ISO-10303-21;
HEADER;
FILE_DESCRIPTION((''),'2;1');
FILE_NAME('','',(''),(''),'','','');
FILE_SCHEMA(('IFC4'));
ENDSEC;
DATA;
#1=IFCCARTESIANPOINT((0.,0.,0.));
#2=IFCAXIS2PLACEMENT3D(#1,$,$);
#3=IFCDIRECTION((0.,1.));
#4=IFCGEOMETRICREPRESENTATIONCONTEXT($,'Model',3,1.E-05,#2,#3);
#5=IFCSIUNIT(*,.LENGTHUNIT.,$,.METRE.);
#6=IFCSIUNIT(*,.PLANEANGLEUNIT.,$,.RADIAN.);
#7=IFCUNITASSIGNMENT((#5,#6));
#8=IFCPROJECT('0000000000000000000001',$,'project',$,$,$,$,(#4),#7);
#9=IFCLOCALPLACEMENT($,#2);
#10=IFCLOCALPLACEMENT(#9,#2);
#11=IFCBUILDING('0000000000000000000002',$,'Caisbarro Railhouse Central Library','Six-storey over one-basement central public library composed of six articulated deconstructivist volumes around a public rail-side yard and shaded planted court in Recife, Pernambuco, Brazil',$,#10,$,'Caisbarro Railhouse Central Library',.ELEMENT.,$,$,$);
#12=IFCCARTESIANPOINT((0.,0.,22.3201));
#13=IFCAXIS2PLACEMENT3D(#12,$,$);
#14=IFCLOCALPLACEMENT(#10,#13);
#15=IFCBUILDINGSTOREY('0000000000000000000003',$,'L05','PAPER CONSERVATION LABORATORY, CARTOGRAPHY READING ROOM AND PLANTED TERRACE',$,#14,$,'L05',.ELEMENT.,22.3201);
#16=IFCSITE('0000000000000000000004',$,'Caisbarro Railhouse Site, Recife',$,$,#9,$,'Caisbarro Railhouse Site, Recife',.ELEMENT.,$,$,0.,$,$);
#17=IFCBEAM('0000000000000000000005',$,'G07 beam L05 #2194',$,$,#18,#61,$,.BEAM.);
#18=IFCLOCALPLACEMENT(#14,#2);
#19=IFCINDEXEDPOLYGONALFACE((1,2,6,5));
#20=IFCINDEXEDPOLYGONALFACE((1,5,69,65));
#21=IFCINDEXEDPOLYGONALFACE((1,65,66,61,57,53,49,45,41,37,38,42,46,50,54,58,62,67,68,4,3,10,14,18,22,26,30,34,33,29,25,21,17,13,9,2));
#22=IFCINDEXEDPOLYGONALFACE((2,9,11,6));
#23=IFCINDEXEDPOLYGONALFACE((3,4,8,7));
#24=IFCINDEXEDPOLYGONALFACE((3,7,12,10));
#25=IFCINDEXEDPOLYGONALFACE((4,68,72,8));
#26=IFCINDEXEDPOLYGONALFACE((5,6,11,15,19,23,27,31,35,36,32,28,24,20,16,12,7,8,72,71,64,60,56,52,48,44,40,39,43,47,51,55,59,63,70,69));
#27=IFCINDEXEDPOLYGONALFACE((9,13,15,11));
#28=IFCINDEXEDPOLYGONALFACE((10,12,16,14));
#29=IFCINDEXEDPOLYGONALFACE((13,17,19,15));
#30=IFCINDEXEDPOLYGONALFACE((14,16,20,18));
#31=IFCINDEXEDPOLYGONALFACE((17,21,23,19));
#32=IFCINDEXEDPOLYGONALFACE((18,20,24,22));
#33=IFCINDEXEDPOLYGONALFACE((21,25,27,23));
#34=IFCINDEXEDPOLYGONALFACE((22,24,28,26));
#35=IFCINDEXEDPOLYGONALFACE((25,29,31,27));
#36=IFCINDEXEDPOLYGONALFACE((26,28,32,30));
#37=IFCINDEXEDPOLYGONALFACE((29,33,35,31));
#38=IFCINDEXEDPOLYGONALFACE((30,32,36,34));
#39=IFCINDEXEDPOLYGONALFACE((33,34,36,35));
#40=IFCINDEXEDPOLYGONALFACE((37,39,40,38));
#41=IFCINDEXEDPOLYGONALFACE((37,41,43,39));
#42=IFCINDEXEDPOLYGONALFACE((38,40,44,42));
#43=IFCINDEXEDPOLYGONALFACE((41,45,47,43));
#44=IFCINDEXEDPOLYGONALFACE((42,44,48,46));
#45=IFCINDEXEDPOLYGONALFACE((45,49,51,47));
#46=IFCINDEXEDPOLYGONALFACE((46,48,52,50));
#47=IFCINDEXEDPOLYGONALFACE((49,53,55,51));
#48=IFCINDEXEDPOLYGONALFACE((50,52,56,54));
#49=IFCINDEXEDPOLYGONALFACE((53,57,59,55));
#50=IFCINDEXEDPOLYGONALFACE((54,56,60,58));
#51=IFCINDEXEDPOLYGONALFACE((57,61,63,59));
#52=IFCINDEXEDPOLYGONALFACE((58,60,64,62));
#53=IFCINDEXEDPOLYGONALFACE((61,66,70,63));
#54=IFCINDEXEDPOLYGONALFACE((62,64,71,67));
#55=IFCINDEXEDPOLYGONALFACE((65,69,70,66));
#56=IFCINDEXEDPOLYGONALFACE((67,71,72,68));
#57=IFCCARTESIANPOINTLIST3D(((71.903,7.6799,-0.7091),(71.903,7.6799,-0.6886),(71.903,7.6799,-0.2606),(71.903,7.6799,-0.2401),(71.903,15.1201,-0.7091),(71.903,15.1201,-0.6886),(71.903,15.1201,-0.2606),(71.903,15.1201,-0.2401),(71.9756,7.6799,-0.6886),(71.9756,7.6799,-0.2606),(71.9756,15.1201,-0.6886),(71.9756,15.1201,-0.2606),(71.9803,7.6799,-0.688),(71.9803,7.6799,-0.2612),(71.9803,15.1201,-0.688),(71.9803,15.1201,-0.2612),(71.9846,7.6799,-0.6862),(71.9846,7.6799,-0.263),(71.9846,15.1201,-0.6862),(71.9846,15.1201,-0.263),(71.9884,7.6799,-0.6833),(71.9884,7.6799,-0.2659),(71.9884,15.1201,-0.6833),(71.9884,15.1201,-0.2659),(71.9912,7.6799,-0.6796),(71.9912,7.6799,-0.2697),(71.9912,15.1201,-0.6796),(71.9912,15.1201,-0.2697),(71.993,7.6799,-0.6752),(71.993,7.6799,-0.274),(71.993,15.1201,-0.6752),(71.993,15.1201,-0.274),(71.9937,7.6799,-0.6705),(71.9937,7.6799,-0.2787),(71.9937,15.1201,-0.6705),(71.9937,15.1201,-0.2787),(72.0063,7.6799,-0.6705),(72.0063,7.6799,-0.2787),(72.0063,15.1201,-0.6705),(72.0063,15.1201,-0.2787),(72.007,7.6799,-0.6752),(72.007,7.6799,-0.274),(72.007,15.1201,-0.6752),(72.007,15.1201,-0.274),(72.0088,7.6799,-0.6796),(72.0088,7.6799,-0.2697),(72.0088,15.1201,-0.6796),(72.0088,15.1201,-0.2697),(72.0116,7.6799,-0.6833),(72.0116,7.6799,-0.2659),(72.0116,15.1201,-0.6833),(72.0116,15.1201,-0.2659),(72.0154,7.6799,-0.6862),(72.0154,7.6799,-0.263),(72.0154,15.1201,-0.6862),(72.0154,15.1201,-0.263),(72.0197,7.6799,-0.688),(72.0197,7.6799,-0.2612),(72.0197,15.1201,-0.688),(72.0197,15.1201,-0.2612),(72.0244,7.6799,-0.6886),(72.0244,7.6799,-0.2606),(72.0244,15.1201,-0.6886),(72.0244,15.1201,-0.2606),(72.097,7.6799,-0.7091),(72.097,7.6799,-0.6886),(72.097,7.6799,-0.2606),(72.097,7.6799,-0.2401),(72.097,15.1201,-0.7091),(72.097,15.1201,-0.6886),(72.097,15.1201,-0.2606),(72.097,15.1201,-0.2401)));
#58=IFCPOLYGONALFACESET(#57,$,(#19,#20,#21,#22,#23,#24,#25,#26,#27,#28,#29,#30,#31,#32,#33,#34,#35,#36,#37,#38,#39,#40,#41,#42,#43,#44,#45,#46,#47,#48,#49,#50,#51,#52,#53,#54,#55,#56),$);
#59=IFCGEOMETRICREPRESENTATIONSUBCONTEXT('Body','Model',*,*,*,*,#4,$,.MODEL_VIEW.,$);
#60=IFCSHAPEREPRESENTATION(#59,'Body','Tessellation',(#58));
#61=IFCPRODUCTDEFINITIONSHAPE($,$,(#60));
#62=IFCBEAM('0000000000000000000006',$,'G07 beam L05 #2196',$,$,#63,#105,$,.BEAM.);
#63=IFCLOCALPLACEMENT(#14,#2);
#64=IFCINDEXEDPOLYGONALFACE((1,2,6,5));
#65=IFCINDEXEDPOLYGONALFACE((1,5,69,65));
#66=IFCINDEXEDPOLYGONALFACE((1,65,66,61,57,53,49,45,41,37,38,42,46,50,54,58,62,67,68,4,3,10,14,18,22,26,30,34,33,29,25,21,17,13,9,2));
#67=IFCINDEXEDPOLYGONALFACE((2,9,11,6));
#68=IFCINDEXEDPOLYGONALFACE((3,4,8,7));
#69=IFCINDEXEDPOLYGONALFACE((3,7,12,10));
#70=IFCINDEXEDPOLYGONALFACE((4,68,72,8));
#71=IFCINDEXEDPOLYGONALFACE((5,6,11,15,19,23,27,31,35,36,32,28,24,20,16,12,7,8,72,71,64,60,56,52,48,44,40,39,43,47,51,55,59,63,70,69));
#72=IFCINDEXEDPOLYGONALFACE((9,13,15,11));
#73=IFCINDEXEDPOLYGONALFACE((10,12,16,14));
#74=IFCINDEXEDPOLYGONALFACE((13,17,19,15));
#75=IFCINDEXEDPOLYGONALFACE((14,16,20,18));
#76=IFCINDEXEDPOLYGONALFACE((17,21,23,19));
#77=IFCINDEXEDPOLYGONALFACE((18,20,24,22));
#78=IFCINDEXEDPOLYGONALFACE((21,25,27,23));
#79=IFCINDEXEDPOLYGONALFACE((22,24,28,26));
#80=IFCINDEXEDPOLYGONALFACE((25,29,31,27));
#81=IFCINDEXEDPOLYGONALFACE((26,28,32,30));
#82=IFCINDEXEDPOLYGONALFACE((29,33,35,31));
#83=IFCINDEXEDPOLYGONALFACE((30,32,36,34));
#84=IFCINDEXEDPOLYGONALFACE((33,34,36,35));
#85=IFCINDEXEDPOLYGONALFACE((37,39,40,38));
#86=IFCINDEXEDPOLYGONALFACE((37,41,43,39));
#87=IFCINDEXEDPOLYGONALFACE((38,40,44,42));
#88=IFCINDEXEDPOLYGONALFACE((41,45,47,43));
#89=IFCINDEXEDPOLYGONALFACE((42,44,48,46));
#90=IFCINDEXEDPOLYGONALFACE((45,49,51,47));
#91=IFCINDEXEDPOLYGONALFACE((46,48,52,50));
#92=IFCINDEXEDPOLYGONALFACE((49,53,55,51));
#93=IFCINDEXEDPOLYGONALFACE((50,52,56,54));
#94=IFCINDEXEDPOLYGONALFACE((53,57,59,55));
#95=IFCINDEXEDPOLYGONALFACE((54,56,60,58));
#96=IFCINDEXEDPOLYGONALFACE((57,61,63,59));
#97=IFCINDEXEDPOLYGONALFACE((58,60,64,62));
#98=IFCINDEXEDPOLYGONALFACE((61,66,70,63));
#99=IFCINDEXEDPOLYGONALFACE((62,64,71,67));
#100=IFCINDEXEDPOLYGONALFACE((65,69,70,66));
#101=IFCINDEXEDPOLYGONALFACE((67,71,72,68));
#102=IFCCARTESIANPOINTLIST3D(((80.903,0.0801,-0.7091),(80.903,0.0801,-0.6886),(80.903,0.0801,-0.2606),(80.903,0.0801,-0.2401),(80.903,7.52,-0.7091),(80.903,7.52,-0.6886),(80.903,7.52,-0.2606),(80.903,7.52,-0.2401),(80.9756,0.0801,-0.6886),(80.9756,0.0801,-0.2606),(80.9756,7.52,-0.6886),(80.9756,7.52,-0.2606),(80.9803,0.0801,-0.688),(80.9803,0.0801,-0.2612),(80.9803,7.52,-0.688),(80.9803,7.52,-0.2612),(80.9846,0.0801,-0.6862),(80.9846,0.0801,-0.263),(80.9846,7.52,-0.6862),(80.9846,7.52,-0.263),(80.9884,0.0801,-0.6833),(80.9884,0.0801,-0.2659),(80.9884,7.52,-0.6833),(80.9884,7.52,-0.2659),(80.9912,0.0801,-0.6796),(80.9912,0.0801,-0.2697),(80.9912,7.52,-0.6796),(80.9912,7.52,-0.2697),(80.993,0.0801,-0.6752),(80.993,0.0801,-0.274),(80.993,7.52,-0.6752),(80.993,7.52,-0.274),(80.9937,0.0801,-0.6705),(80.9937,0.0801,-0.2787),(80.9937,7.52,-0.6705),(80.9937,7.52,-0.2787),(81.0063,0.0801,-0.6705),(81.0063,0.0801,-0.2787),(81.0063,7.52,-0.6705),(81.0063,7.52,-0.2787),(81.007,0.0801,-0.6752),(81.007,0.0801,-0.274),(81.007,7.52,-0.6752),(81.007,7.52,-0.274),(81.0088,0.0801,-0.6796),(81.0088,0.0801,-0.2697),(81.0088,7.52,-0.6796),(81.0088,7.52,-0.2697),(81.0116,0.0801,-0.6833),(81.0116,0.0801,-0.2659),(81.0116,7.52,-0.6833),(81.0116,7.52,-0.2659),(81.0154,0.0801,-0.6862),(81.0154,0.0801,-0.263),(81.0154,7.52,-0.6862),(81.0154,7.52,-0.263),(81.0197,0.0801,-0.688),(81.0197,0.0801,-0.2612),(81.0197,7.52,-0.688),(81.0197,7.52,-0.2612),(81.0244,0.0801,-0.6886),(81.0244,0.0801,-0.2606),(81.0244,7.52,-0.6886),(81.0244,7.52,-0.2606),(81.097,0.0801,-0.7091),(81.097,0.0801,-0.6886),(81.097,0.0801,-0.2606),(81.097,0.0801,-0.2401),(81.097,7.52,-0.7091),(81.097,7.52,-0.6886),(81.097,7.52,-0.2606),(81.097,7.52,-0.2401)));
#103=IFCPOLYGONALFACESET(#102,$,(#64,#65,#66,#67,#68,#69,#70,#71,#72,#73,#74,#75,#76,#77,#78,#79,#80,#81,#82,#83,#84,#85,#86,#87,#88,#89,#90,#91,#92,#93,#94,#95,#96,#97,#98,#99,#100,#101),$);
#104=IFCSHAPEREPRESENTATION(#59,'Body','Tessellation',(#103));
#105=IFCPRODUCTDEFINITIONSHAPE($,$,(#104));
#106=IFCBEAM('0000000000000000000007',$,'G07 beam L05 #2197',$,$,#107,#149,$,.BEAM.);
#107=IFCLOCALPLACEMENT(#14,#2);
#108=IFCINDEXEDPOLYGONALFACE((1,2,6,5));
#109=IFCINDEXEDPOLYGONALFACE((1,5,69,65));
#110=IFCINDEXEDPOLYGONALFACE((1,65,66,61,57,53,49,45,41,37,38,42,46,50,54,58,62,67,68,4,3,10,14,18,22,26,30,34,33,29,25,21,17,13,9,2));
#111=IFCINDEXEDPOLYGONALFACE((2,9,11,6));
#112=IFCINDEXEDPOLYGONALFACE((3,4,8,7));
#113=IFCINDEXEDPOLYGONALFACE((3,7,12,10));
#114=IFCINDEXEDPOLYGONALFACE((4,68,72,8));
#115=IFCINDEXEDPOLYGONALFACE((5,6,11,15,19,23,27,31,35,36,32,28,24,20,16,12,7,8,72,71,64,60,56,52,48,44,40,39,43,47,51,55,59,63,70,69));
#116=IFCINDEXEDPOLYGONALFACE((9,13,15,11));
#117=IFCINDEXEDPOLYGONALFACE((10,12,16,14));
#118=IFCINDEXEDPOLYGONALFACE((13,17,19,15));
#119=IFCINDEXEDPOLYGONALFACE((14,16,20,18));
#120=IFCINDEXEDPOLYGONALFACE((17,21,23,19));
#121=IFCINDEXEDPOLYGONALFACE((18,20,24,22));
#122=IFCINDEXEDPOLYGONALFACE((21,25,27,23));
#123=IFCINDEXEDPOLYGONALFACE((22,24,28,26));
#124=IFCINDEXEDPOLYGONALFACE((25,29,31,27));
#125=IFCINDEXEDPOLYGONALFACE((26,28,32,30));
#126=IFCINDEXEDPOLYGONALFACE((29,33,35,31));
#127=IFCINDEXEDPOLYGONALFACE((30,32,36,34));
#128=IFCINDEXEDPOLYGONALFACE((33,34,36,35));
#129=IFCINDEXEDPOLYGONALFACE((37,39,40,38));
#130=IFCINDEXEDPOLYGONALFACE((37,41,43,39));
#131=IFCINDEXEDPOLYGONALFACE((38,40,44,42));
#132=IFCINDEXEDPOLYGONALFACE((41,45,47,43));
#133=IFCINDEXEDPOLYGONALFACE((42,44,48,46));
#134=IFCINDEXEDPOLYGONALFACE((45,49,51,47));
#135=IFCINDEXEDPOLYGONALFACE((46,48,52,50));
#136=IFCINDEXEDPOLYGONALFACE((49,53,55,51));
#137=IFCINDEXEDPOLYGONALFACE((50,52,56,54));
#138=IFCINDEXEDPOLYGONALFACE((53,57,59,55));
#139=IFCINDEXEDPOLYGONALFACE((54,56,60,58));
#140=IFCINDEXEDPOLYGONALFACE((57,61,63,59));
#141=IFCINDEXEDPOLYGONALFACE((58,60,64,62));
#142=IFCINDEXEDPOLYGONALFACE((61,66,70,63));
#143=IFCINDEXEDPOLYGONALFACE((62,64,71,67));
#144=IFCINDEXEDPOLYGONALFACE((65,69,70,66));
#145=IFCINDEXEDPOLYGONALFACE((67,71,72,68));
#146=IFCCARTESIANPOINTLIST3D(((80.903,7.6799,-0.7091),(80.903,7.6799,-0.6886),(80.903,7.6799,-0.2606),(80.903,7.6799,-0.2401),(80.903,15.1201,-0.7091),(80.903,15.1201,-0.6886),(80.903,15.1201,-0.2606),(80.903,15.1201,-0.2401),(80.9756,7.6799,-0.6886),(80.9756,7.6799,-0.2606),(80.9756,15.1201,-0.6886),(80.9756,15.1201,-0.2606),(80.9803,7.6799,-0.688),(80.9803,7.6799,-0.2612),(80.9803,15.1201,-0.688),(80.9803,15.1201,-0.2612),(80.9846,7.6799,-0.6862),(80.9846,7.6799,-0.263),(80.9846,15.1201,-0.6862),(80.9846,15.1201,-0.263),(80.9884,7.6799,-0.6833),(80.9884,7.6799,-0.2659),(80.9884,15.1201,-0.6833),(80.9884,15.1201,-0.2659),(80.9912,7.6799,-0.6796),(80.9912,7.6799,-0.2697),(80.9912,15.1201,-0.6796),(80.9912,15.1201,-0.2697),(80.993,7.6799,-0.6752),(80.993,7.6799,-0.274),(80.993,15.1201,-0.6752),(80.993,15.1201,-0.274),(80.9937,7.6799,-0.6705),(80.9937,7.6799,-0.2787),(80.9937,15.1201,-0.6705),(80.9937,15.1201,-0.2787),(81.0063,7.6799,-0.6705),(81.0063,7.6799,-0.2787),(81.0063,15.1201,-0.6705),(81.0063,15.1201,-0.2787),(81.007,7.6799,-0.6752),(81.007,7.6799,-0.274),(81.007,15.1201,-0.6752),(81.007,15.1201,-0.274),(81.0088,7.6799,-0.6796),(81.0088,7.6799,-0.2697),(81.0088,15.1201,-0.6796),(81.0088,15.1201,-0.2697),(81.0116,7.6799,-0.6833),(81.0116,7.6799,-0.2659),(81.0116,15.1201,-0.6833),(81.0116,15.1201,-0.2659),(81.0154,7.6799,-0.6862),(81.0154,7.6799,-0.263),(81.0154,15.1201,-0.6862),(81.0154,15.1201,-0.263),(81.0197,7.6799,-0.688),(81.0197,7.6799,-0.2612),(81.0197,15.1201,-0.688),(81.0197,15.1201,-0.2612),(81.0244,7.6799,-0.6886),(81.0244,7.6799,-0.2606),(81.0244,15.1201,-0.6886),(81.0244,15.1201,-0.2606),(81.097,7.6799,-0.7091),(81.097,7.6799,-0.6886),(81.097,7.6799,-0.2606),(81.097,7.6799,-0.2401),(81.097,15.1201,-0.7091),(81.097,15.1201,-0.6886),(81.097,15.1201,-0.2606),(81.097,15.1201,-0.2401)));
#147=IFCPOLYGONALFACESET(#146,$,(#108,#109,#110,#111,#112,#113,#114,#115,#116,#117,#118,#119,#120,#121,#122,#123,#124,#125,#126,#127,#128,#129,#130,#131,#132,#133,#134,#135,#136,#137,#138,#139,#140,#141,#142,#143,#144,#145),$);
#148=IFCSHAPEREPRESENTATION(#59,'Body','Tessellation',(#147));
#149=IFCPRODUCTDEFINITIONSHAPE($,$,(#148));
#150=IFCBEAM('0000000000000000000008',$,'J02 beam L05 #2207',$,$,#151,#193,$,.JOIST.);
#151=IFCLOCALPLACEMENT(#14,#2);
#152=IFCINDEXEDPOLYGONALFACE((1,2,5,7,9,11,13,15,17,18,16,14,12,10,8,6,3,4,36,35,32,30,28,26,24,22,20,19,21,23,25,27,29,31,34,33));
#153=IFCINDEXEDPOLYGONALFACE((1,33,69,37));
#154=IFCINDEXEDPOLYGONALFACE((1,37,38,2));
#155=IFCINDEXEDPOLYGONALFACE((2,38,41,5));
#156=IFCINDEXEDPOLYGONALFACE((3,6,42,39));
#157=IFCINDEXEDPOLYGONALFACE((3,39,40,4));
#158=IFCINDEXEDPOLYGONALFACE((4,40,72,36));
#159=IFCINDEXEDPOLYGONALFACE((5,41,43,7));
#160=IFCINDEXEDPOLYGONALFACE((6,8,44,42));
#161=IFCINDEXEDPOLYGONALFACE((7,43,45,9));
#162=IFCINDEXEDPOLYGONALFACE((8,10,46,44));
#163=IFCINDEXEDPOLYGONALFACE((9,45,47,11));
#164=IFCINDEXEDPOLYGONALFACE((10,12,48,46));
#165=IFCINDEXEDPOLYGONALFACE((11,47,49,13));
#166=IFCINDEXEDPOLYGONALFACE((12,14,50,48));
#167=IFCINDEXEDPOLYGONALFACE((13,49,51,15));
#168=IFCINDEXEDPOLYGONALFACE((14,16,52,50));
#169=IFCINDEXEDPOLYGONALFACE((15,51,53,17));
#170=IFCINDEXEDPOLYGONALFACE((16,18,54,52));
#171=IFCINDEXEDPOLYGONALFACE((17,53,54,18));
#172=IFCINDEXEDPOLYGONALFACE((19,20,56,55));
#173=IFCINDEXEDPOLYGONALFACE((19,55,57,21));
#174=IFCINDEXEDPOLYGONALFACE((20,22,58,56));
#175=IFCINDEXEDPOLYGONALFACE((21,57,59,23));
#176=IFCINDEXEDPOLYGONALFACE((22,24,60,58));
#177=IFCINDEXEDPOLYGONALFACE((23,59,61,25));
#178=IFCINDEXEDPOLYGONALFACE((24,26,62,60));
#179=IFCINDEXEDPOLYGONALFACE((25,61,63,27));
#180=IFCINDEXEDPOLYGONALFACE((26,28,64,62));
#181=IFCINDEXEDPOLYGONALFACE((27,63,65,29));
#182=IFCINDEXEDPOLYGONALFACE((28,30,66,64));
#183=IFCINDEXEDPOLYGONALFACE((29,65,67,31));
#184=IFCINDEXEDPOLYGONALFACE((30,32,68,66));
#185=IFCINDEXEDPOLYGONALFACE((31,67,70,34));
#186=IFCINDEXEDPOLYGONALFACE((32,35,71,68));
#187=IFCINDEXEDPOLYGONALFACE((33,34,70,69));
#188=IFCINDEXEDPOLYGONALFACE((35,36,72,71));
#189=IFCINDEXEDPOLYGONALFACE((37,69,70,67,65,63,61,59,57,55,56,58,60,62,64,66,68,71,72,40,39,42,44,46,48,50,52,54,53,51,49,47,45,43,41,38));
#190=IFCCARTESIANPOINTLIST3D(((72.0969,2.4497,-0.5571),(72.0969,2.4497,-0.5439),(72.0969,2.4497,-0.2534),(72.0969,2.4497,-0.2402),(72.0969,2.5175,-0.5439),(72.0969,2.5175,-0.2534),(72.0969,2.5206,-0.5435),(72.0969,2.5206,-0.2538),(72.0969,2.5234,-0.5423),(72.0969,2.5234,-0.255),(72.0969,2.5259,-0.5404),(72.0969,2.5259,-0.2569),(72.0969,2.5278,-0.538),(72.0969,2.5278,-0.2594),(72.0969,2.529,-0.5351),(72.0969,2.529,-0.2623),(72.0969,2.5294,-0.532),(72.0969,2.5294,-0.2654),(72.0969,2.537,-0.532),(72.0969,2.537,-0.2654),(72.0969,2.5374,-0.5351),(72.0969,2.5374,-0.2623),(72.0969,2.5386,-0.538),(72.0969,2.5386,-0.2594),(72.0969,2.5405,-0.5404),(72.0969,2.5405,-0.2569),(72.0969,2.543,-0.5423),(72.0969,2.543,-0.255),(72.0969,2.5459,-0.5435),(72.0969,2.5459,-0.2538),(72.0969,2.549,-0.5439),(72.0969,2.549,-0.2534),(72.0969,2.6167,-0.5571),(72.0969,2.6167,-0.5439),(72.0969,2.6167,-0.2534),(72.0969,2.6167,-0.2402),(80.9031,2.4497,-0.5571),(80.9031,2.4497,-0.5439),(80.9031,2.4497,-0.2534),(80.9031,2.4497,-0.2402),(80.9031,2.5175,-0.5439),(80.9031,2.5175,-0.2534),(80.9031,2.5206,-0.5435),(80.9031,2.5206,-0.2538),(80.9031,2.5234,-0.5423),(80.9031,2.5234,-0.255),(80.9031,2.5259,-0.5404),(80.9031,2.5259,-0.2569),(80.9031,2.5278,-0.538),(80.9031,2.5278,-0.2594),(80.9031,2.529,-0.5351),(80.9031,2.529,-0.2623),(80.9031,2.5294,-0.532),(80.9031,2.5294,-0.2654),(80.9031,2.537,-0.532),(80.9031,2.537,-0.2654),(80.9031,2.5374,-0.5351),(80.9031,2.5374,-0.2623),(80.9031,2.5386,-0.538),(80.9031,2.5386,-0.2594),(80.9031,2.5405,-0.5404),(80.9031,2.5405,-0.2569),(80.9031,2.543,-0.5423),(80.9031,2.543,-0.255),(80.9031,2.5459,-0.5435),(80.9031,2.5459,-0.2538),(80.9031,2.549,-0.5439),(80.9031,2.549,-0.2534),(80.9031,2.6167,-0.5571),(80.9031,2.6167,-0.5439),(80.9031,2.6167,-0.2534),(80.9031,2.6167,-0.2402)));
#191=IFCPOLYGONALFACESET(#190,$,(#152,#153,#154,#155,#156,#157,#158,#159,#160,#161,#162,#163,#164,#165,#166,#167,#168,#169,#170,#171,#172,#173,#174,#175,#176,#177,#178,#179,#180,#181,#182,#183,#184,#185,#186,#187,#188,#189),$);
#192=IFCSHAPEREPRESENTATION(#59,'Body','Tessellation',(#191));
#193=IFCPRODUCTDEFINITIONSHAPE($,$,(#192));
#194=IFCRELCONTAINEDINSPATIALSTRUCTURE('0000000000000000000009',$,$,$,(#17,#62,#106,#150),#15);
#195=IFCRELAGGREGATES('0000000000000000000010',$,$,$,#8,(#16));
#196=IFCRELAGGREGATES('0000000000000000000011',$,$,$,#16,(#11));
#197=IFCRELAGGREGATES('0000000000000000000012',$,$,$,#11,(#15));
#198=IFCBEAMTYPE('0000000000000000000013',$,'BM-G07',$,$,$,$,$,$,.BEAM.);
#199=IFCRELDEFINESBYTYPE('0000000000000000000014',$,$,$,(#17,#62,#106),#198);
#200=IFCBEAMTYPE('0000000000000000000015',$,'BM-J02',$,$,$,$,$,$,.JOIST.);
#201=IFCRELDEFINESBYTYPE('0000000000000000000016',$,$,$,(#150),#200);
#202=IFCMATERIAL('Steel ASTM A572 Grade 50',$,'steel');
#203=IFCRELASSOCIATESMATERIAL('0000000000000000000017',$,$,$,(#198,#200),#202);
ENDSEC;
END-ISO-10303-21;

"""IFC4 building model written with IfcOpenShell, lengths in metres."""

from ifc_helpers import new_model, si_unit, direction, frame, origin, origin_2d, place, context, subcontext, project, spatial, i_section, extrude, material, material_profile, profile_set, type_object, element, save


model = new_model("IFC4")

# Units and contexts
model_context = context("Model", 3, precision=1e-05, world=origin(), true_north=direction((0.0, 1.0)))
body_context = subcontext(model_context, "Body", "Model", "MODEL_VIEW")
ifc_project = project(units=[si_unit("LENGTHUNIT", "METRE"), si_unit("PLANEANGLEUNIT", "RADIAN")], contexts=[model_context])

# Site, building, storey
site_placement = place(None, origin())
site = spatial("IfcSite", under=ifc_project, at=site_placement, Name="Caisbarro Railhouse Site, Recife", LongName="Caisbarro Railhouse Site, Recife", CompositionType="ELEMENT", RefElevation=0.0)
building_placement = place(site_placement, origin())
building = spatial("IfcBuilding", under=site, at=building_placement, Name="Caisbarro Railhouse Central Library", Description="Six-storey over one-basement central public library composed of six articulated deconstructivist volumes around a public rail-side yard and shaded planted court in Recife, Pernambuco, Brazil", LongName="Caisbarro Railhouse Central Library", CompositionType="ELEMENT")
storey_placement = place(building_placement, frame((0.0, 0.0, 22.3201)))
storey = spatial("IfcBuildingStorey", under=building, at=storey_placement, Name="L05", Description="PAPER CONSERVATION LABORATORY, CARTOGRAPHY READING ROOM AND PLANTED TERRACE", LongName="L05", CompositionType="ELEMENT", Elevation=22.3201)

# Shared definitions
ifc_material_1 = material(Name="Steel ASTM A572 Grade 50", Category="steel")

# Beams
ifc_material_profile_1 = material_profile(ifc_material_1, i_section(OverallWidth=0.1941, OverallDepth=0.469, WebThickness=0.0127, FlangeThickness=0.0205, FilletRadius=0.0181, at=origin_2d()), Name="W460X106.0")
ifc_profile_set_1 = profile_set([ifc_material_profile_1], Name="Steel ASTM A572 Grade 50")
beam_type_1 = type_object("IfcBeamType", Name="BM-G07", PredefinedType="BEAM", material=ifc_profile_set_1)
beam_1_placement = place(storey_placement, frame((72.0, 7.6799, -0.4746), z_axis=(0.0, 1.0, 0.0), x_axis=(-1.0, 0.0, 0.0)))
element("IfcBeam", 1, at=beam_1_placement, inside=storey, type_object=beam_type_1, Name="G07 beam L05 #2194", PredefinedType="BEAM", context=body_context, shape_type="SweptSolid", body=[
    extrude(i_section(OverallWidth=0.1941, OverallDepth=0.469, WebThickness=0.0127, FlangeThickness=0.0205, FilletRadius=0.0181, at=origin_2d()), origin(), (0.0, 0.0, 1.0), 7.4402),
])
beam_2_placement = place(storey_placement, frame((81.0, 0.0801, -0.4746), z_axis=(0.0, 1.0, 0.0), x_axis=(-1.0, 0.0, 0.0)))
element("IfcBeam", 2, at=beam_2_placement, inside=storey, type_object=beam_type_1, Name="G07 beam L05 #2196", PredefinedType="BEAM", context=body_context, shape_type="SweptSolid", body=[
    extrude(i_section(OverallWidth=0.1941, OverallDepth=0.469, WebThickness=0.0127, FlangeThickness=0.0205, FilletRadius=0.0181, at=origin_2d()), origin(), (0.0, 0.0, 1.0), 7.4399),
])
beam_3_placement = place(storey_placement, frame((81.0, 7.6799, -0.4746), z_axis=(0.0, 1.0, 0.0), x_axis=(-1.0, 0.0, 0.0)))
element("IfcBeam", 3, at=beam_3_placement, inside=storey, type_object=beam_type_1, Name="G07 beam L05 #2197", PredefinedType="BEAM", context=body_context, shape_type="SweptSolid", body=[
    extrude(i_section(OverallWidth=0.1941, OverallDepth=0.469, WebThickness=0.0127, FlangeThickness=0.0205, FilletRadius=0.0181, at=origin_2d()), origin(), (0.0, 0.0, 1.0), 7.4402),
])
ifc_material_profile_2 = material_profile(ifc_material_1, i_section(OverallWidth=0.167, OverallDepth=0.3169, WebThickness=0.0076, FlangeThickness=0.0132, FilletRadius=0.012, at=origin_2d()), Name="W310X52.0")
ifc_profile_set_2 = profile_set([ifc_material_profile_2], Name="Steel ASTM A572 Grade 50")
beam_type_2 = type_object("IfcBeamType", Name="BM-J02", PredefinedType="JOIST", material=ifc_profile_set_2)
for number, where, z_axis, x_axis, name in (
    (4, (72.0969, 2.5332, -0.3987), (1.0, 0.0, 0.0), (0.0, 1.0, 0.0), "J02 beam L05 #2207"),
):
    element("IfcBeam", number, at=place(storey_placement, frame(where, z_axis=z_axis, x_axis=x_axis)), inside=storey, type_object=beam_type_2, Name=name, PredefinedType="JOIST", context=body_context, shape_type="SweptSolid", body=[
        extrude(i_section(OverallWidth=0.167, OverallDepth=0.3169, WebThickness=0.0076, FlangeThickness=0.0132, FilletRadius=0.012, at=origin_2d()), origin(), (0.0, 0.0, 1.0), 8.8062),
    ])

save(model, "model.ifc")
